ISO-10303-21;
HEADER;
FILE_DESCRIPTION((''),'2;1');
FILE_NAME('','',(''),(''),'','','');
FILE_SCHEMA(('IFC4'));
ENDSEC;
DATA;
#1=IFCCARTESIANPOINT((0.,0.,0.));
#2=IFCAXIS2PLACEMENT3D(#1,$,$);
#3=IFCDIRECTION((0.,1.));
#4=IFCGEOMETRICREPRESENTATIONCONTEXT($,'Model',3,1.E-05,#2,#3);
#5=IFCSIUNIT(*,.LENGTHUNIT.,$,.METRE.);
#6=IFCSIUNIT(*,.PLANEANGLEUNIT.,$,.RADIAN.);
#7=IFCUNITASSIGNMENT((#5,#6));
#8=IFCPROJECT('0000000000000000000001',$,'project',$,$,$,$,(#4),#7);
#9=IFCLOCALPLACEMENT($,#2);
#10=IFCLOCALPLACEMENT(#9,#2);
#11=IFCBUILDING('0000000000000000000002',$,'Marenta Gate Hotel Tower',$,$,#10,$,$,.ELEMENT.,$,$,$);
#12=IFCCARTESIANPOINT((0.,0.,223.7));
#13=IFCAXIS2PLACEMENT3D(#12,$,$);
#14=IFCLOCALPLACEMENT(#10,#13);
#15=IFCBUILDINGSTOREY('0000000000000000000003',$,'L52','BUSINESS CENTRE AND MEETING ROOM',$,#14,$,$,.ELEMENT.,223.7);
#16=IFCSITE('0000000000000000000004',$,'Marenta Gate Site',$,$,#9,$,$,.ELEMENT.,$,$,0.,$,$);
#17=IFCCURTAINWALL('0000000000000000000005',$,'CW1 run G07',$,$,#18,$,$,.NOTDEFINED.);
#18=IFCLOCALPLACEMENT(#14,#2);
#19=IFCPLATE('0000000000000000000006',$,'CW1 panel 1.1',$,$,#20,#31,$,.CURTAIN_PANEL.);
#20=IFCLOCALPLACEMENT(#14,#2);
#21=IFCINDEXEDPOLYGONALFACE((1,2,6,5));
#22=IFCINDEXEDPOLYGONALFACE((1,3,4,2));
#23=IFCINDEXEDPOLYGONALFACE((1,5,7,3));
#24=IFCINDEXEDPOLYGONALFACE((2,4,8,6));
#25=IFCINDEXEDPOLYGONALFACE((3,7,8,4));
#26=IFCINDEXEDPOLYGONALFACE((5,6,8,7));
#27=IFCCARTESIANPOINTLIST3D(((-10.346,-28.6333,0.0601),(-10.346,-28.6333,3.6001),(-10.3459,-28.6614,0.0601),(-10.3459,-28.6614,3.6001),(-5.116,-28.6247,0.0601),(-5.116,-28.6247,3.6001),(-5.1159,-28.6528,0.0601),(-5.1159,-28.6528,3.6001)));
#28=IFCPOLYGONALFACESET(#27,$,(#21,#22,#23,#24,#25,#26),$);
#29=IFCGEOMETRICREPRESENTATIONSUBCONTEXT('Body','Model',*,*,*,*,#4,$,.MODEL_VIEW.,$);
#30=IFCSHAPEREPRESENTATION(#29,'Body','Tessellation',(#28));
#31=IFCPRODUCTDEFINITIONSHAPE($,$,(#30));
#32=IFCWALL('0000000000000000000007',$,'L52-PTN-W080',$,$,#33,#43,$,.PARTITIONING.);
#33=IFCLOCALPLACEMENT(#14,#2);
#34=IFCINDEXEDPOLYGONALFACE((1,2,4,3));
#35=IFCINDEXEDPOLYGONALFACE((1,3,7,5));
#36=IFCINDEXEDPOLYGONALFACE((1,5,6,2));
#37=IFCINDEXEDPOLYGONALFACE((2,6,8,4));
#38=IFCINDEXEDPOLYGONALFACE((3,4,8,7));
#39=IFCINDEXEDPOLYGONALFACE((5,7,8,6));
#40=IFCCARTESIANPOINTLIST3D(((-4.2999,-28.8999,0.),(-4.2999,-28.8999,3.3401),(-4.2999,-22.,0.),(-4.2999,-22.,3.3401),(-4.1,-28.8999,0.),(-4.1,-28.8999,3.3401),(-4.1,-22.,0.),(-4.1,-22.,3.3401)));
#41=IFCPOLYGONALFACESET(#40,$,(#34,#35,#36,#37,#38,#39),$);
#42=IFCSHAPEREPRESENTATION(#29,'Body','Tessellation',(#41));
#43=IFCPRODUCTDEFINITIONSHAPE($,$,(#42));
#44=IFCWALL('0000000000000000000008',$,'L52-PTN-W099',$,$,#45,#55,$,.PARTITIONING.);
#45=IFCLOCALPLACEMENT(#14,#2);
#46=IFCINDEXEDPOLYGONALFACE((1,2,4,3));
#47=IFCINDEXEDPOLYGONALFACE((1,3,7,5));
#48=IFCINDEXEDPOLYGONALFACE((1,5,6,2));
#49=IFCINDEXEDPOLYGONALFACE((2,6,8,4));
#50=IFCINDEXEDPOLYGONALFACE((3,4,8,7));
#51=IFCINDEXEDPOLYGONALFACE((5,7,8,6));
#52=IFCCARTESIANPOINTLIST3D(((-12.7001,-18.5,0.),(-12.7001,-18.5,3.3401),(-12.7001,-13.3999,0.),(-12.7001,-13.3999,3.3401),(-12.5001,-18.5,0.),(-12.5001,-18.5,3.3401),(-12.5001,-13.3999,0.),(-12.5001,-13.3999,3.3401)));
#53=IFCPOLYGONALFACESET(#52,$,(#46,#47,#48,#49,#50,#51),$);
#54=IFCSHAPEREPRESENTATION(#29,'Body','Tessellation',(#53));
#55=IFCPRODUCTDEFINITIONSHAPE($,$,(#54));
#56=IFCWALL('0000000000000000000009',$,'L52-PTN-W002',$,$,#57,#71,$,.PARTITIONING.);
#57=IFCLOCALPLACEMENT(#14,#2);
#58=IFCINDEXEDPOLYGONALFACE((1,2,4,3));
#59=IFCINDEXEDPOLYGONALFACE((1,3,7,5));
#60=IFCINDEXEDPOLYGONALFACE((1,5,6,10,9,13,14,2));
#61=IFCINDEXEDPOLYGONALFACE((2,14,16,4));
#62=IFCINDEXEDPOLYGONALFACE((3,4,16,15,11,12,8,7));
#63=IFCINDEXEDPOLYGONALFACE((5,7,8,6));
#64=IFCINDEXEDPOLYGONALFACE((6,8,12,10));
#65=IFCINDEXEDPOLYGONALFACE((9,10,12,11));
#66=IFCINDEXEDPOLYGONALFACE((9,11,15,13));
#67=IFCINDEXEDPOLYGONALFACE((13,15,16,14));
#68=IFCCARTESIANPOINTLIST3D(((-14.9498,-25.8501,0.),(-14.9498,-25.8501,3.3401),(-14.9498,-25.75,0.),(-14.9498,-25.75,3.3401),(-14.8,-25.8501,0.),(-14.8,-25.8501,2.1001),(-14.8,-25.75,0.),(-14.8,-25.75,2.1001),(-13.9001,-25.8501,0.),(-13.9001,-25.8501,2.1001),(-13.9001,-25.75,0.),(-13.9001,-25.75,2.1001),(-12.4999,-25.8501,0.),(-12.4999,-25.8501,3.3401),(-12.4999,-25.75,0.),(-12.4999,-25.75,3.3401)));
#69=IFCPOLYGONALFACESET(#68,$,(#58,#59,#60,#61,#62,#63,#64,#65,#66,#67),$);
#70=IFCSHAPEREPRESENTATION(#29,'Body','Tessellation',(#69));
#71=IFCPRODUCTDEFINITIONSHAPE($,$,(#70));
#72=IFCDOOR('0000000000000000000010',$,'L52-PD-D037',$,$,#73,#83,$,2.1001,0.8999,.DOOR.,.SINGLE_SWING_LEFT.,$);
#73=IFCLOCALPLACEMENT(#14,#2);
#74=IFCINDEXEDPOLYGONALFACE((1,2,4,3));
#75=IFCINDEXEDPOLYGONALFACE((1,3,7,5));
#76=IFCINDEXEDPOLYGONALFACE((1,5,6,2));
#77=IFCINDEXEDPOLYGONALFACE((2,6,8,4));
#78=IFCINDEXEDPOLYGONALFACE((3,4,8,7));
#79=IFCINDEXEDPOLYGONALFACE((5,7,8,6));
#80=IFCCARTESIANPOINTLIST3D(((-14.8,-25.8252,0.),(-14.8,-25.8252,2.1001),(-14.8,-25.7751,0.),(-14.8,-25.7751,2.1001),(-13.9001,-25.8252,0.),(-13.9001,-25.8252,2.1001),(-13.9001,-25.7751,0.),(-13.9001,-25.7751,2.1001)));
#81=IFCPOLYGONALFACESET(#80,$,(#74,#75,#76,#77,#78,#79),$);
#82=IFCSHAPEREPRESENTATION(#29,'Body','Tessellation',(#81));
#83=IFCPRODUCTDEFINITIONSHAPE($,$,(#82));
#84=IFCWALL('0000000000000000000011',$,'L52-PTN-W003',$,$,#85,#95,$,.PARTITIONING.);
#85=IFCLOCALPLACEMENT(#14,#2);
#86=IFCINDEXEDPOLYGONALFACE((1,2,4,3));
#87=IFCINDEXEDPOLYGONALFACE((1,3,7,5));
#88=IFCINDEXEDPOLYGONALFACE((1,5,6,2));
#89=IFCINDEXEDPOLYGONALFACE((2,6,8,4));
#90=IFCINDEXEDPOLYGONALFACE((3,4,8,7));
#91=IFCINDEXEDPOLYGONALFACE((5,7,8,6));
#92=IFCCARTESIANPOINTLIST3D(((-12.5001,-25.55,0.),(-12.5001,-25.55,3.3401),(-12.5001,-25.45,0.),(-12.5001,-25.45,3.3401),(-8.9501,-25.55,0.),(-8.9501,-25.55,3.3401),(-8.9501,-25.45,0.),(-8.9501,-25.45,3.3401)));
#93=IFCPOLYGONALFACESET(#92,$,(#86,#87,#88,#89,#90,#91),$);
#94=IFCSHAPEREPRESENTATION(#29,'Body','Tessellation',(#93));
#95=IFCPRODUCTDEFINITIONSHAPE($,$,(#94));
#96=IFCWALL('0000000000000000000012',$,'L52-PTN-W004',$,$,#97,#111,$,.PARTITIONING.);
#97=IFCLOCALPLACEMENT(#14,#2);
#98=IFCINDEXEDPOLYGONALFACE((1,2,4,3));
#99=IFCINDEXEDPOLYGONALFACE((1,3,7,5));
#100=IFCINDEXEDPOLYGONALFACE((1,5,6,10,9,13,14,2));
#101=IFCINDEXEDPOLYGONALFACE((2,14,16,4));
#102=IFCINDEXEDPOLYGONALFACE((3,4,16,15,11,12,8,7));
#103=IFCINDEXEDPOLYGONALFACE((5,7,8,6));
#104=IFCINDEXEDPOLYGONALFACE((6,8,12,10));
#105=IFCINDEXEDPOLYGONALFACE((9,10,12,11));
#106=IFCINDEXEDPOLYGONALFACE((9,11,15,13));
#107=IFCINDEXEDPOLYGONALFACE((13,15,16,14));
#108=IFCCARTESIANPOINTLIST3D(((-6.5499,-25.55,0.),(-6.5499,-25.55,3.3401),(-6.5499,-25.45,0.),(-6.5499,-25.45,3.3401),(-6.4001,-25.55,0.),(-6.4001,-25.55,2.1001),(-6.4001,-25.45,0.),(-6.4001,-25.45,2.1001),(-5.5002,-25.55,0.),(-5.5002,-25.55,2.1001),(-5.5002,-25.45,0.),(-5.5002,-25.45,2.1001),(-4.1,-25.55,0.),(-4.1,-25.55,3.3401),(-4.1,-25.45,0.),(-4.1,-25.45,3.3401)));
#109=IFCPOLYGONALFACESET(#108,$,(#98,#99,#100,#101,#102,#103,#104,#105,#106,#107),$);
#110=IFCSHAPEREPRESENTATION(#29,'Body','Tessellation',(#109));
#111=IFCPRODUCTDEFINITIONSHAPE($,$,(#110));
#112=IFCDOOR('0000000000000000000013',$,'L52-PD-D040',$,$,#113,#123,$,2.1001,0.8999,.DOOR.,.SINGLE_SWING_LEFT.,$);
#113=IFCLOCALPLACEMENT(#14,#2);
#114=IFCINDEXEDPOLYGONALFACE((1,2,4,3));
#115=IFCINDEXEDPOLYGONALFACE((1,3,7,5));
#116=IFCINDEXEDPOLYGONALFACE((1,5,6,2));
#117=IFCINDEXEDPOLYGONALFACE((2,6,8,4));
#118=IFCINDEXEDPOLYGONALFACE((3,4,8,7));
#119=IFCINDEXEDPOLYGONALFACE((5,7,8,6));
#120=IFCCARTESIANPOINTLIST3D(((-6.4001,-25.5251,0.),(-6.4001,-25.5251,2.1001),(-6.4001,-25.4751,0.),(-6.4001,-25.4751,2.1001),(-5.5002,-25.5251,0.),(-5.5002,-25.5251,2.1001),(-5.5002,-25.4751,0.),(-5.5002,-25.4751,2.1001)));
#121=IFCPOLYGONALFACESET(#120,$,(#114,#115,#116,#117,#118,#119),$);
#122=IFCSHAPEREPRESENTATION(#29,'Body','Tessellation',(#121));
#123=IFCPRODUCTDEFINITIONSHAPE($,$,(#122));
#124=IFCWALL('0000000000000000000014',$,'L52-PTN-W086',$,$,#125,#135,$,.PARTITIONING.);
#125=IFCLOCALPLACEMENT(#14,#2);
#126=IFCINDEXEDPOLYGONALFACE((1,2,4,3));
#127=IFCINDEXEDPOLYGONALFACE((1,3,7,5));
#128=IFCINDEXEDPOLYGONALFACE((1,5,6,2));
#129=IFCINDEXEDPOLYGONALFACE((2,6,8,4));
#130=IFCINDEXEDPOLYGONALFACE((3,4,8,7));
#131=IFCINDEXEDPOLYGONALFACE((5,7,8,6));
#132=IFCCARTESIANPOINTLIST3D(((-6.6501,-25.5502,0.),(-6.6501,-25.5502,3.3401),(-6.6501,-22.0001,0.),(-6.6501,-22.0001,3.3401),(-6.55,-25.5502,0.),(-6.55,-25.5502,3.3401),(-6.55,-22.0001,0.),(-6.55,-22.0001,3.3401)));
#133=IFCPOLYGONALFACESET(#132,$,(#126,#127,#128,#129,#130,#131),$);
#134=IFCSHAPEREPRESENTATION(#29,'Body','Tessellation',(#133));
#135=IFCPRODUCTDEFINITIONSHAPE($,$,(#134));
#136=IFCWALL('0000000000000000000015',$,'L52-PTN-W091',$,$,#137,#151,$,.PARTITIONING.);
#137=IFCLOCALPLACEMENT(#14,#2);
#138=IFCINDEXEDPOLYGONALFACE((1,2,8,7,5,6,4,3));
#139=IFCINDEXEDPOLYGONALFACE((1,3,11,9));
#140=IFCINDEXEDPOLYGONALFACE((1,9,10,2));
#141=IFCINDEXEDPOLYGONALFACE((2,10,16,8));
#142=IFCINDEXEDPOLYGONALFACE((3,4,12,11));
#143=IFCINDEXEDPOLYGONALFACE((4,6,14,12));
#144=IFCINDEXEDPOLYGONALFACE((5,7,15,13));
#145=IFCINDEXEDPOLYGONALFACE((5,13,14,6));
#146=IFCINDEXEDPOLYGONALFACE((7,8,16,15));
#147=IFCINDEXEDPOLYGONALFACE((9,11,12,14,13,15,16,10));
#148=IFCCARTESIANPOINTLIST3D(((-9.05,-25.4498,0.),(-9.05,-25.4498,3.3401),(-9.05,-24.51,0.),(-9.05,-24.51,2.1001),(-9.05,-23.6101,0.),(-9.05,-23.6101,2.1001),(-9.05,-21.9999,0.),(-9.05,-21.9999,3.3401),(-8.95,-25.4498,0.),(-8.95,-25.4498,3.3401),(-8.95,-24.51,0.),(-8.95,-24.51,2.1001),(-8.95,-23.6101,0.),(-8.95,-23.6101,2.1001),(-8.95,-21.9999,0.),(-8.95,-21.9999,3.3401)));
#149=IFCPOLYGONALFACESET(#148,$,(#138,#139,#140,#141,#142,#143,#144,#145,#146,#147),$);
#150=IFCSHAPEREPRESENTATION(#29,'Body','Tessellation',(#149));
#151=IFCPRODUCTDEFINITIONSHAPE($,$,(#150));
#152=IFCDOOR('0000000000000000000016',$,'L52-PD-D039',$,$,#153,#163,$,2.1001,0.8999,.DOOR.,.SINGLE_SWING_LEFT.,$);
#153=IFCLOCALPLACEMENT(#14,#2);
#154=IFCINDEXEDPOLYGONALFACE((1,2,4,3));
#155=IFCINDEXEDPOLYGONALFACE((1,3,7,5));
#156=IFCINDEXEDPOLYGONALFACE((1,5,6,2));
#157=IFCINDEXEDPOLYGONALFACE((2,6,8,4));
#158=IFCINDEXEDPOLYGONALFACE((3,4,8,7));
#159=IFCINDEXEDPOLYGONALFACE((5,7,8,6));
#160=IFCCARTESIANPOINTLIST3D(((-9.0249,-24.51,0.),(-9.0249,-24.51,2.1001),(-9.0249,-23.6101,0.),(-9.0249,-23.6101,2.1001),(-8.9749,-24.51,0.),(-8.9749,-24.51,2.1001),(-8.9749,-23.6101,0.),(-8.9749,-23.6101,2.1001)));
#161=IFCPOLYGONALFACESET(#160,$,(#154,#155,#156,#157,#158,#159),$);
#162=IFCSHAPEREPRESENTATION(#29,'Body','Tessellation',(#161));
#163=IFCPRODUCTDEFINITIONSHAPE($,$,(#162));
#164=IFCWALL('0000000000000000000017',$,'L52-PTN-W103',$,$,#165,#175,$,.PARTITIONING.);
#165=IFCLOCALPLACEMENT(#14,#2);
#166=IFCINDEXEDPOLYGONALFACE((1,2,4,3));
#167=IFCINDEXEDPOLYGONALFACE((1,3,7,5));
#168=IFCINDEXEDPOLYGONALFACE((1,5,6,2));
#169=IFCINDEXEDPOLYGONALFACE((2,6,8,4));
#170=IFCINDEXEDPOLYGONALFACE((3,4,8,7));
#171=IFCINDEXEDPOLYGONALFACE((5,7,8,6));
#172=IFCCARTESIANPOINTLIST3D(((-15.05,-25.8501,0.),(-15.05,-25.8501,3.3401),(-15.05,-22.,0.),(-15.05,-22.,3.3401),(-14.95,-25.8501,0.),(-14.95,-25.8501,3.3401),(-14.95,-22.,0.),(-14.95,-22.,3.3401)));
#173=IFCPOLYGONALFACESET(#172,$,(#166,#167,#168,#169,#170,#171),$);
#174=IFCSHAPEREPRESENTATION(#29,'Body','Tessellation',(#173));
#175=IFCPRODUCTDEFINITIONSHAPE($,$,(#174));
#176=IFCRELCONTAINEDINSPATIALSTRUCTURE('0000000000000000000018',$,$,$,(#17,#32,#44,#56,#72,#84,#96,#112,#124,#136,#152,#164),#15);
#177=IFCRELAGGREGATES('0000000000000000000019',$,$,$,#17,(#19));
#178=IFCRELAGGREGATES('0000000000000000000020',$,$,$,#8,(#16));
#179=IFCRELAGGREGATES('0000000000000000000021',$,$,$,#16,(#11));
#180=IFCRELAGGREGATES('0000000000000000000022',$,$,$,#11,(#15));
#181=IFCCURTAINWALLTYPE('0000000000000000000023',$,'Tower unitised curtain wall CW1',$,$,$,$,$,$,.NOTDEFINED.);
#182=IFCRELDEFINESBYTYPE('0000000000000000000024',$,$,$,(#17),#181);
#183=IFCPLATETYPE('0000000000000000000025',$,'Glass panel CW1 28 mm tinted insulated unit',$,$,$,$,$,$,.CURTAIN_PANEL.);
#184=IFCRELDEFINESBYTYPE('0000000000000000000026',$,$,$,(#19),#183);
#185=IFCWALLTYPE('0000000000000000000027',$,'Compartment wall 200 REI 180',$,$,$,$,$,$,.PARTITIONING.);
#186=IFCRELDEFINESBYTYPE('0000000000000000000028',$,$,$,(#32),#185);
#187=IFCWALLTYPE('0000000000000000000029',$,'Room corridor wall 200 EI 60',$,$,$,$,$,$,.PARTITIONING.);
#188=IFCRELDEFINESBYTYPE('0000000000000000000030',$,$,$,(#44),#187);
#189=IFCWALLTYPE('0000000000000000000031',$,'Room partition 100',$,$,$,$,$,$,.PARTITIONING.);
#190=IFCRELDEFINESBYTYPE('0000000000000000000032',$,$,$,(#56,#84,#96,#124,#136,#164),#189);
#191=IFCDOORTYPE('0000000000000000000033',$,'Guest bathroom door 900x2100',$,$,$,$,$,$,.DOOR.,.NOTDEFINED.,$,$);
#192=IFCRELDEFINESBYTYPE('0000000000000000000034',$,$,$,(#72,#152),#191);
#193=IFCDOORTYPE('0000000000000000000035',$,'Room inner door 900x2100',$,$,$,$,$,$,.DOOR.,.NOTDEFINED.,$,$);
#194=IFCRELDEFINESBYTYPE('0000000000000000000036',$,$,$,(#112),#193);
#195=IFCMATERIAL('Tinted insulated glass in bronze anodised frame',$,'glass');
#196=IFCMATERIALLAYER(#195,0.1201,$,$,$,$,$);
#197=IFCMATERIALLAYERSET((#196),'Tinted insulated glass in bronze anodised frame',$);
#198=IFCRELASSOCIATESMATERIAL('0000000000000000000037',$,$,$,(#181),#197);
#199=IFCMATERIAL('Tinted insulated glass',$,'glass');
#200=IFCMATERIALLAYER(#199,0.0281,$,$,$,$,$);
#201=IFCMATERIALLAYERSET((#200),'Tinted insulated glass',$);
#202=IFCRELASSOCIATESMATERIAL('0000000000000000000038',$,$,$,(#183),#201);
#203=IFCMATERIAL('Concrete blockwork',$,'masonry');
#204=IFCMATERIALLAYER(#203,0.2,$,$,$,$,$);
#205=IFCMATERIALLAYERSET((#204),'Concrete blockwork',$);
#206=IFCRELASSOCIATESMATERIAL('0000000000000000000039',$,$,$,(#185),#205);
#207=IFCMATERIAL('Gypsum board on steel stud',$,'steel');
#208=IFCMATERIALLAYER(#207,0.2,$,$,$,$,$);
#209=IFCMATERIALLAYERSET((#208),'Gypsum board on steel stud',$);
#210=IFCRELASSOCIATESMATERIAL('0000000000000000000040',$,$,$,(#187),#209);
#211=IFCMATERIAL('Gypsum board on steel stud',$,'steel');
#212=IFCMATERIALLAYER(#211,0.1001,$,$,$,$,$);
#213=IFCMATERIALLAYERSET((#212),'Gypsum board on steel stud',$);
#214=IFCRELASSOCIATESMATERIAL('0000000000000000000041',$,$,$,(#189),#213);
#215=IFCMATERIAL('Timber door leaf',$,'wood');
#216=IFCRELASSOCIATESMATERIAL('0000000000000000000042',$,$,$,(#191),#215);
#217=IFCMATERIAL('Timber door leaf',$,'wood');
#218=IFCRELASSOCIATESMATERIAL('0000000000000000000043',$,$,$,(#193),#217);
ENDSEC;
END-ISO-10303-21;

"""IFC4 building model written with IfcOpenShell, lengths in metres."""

from ifc_helpers import new_model, si_unit, direction, frame, frame_2d, origin, origin_2d, place, context, subcontext, project, spatial, rectangle, extrude, material, layer, layer_set, type_object, element, fill, aggregate, save


model = new_model("IFC4")

# Units and contexts
model_context = context("Model", 3, precision=1e-05, world=origin(), true_north=direction((0.0, 1.0)))
body_context = subcontext(model_context, "Body", "Model", "MODEL_VIEW")
ifc_project = project(units=[si_unit("LENGTHUNIT", "METRE"), si_unit("PLANEANGLEUNIT", "RADIAN")], contexts=[model_context])

# Site, building, storey
site_placement = place(None, origin())
site = spatial("IfcSite", under=ifc_project, at=site_placement, Name="Marenta Gate Site", CompositionType="ELEMENT", RefElevation=0.0)
building_placement = place(site_placement, origin())
building = spatial("IfcBuilding", under=site, at=building_placement, Name="Marenta Gate Hotel Tower", CompositionType="ELEMENT")
storey_placement = place(building_placement, frame((0.0, 0.0, 223.7)))
storey = spatial("IfcBuildingStorey", under=building, at=storey_placement, Name="L52", Description="BUSINESS CENTRE AND MEETING ROOM", CompositionType="ELEMENT", Elevation=223.7)

# Shared definitions
ifc_material_1 = material(Name="Tinted insulated glass in bronze anodised frame", Category="glass")
ifc_layer_1 = layer(ifc_material_1, 0.1201)
ifc_layer_set_1 = layer_set([ifc_layer_1], Name="Tinted insulated glass in bronze anodised frame")
curtain_wall_type = type_object("IfcCurtainWallType", Name="Tower unitised curtain wall CW1", PredefinedType="NOTDEFINED", material=ifc_layer_set_1)

# Curtain wall
curtain_wall_1_placement = place(storey_placement, origin())
curtain_wall_1 = element("IfcCurtainWall", 1, at=curtain_wall_1_placement, inside=storey, type_object=curtain_wall_type, Name="CW1 run G07", PredefinedType="NOTDEFINED")

# Plate
ifc_material_2 = material(Name="Tinted insulated glass", Category="glass")
ifc_layer_2 = layer(ifc_material_2, 0.0281)
ifc_layer_set_2 = layer_set([ifc_layer_2], Name="Tinted insulated glass")
plate_type = type_object("IfcPlateType", Name="Glass panel CW1 28 mm tinted insulated unit", PredefinedType="CURTAIN_PANEL", material=ifc_layer_set_2)
plate_1_placement = place(storey_placement, frame((-7.731, -28.6431, 0.0601), z_axis=(0.0, 0.0, 1.0), x_axis=(0.999999, 0.001645, 0.0)))
plate_1 = element("IfcPlate", 2, at=plate_1_placement, type_object=plate_type, Name="CW1 panel 1.1", PredefinedType="CURTAIN_PANEL", context=body_context, shape_type="SweptSolid", body=[
    extrude(rectangle(XDim=5.23, YDim=0.0281, at=origin_2d()), origin(), (0.0, 0.0, 1.0), 3.54),
])
aggregate(curtain_wall_1, [plate_1])

# Wall
ifc_material_3 = material(Name="Concrete blockwork", Category="masonry")
ifc_layer_3 = layer(ifc_material_3, 0.2)
ifc_layer_set_3 = layer_set([ifc_layer_3], Name="Concrete blockwork")
wall_type_1 = type_object("IfcWallType", Name="Compartment wall 200 REI 180", PredefinedType="PARTITIONING", material=ifc_layer_set_3)
wall_1_placement = place(storey_placement, frame((-4.2, -28.8999, 0.0), z_axis=(0.0, 0.0, 1.0), x_axis=(0.0, 1.0, 0.0)))
element("IfcWall", 3, at=wall_1_placement, inside=storey, type_object=wall_type_1, Name="L52-PTN-W080", PredefinedType="PARTITIONING", context=body_context, shape_type="SweptSolid", body=[
    extrude(rectangle(XDim=6.8999, YDim=0.2, at=frame_2d((3.45, 0.0))), origin(), (0.0, 0.0, 1.0), 3.3401),
])

# Wall
ifc_material_4 = material(Name="Gypsum board on steel stud", Category="steel")
ifc_layer_4 = layer(ifc_material_4, 0.2)
ifc_layer_set_4 = layer_set([ifc_layer_4], Name="Gypsum board on steel stud")
wall_type_2 = type_object("IfcWallType", Name="Room corridor wall 200 EI 60", PredefinedType="PARTITIONING", material=ifc_layer_set_4)
wall_2_placement = place(storey_placement, frame((-12.6001, -18.5, 0.0), z_axis=(0.0, 0.0, 1.0), x_axis=(0.0, 1.0, 0.0)))
element("IfcWall", 4, at=wall_2_placement, inside=storey, type_object=wall_type_2, Name="L52-PTN-W099", PredefinedType="PARTITIONING", context=body_context, shape_type="SweptSolid", body=[
    extrude(rectangle(XDim=5.1001, YDim=0.2, at=frame_2d((2.55, 0.0))), origin(), (0.0, 0.0, 1.0), 3.3401),
])

# Wall, opening, door
ifc_material_5 = material(Name="Gypsum board on steel stud", Category="steel")
ifc_layer_5 = layer(ifc_material_5, 0.1001)
ifc_layer_set_5 = layer_set([ifc_layer_5], Name="Gypsum board on steel stud")
wall_type_3 = type_object("IfcWallType", Name="Room partition 100", PredefinedType="PARTITIONING", material=ifc_layer_set_5)
wall_3_placement = place(storey_placement, frame((-14.95, -25.8, 0.0), z_axis=(0.0, 0.0, 1.0), x_axis=(1.0, 0.0, 0.0)))
wall_3 = element("IfcWall", 5, at=wall_3_placement, inside=storey, type_object=wall_type_3, Name="L52-PTN-W002", PredefinedType="PARTITIONING", context=body_context, shape_type="SweptSolid", body=[
    extrude(rectangle(XDim=2.45, YDim=0.1001, at=frame_2d((1.2251, 0.0))), origin(), (0.0, 0.0, 1.0), 3.3401),
])
opening_1_placement = place(wall_3_placement, frame((0.1499, 0.0, 0.0)))
opening_1 = element("IfcOpeningElement", 6, at=opening_1_placement, cuts=wall_3, PredefinedType="OPENING", context=body_context, shape_type="SweptSolid", body=[
    extrude(rectangle(XDim=0.8999, YDim=2.1001, at=frame_2d((0.45, 1.05))), frame((0.0, 0.05, 0.0), z_axis=(0.0, -1.0, 0.0), x_axis=(1.0, 0.0, 0.0)), (0.0, 0.0, 1.0), 0.1001),
])
ifc_material_6 = material(Name="Timber door leaf", Category="wood")
door_type_1 = type_object("IfcDoorType", Name="Guest bathroom door 900x2100", OperationType="NOTDEFINED", PredefinedType="DOOR", material=ifc_material_6)
door_1_placement = place(opening_1_placement, origin())
door_1 = element("IfcDoor", 7, at=door_1_placement, inside=storey, type_object=door_type_1, Name="L52-PD-D037", OperationType="SINGLE_SWING_LEFT", OverallHeight=2.1001, OverallWidth=0.8999, PredefinedType="DOOR", context=body_context, shape_type="SweptSolid", body=[
    extrude(rectangle(XDim=0.8999, YDim=2.1001, at=frame_2d((0.45, 1.05))), frame((0.0, 0.0249, 0.0), z_axis=(0.0, -1.0, 0.0), x_axis=(1.0, 0.0, 0.0)), (0.0, 0.0, 1.0), 0.05),
])
fill(opening_1, door_1)

# Wall
wall_4_placement = place(storey_placement, frame((-12.5, -25.5, 0.0), z_axis=(0.0, 0.0, 1.0), x_axis=(1.0, 0.0, 0.0)))
element("IfcWall", 8, at=wall_4_placement, inside=storey, type_object=wall_type_3, Name="L52-PTN-W003", PredefinedType="PARTITIONING", context=body_context, shape_type="SweptSolid", body=[
    extrude(rectangle(XDim=3.55, YDim=0.1001, at=frame_2d((1.7749, 0.0))), origin(), (0.0, 0.0, 1.0), 3.3401),
])

# Wall, opening, door
wall_5_placement = place(storey_placement, frame((-6.55, -25.5, 0.0), z_axis=(0.0, 0.0, 1.0), x_axis=(1.0, 0.0, 0.0)))
wall_5 = element("IfcWall", 9, at=wall_5_placement, inside=storey, type_object=wall_type_3, Name="L52-PTN-W004", PredefinedType="PARTITIONING", context=body_context, shape_type="SweptSolid", body=[
    extrude(rectangle(XDim=2.45, YDim=0.1001, at=frame_2d((1.2251, 0.0))), origin(), (0.0, 0.0, 1.0), 3.3401),
])
opening_2_placement = place(wall_5_placement, frame((0.1499, 0.0, 0.0)))
opening_2 = element("IfcOpeningElement", 10, at=opening_2_placement, cuts=wall_5, PredefinedType="OPENING", context=body_context, shape_type="SweptSolid", body=[
    extrude(rectangle(XDim=0.8999, YDim=2.1001, at=frame_2d((0.45, 1.05))), frame((0.0, 0.05, 0.0), z_axis=(0.0, -1.0, 0.0), x_axis=(1.0, 0.0, 0.0)), (0.0, 0.0, 1.0), 0.1001),
])
ifc_material_7 = material(Name="Timber door leaf", Category="wood")
door_type_2 = type_object("IfcDoorType", Name="Room inner door 900x2100", OperationType="NOTDEFINED", PredefinedType="DOOR", material=ifc_material_7)
door_2_placement = place(opening_2_placement, origin())
door_2 = element("IfcDoor", 11, at=door_2_placement, inside=storey, type_object=door_type_2, Name="L52-PD-D040", OperationType="SINGLE_SWING_LEFT", OverallHeight=2.1001, OverallWidth=0.8999, PredefinedType="DOOR", context=body_context, shape_type="SweptSolid", body=[
    extrude(rectangle(XDim=0.8999, YDim=2.1001, at=frame_2d((0.45, 1.05))), frame((0.0, 0.0249, 0.0), z_axis=(0.0, -1.0, 0.0), x_axis=(1.0, 0.0, 0.0)), (0.0, 0.0, 1.0), 0.05),
])
fill(opening_2, door_2)

# Wall
wall_6_placement = place(storey_placement, frame((-6.6001, -25.55, 0.0), z_axis=(0.0, 0.0, 1.0), x_axis=(0.0, 1.0, 0.0)))
element("IfcWall", 12, at=wall_6_placement, inside=storey, type_object=wall_type_3, Name="L52-PTN-W086", PredefinedType="PARTITIONING", context=body_context, shape_type="SweptSolid", body=[
    extrude(rectangle(XDim=3.55, YDim=0.1001, at=frame_2d((1.7749, 0.0))), origin(), (0.0, 0.0, 1.0), 3.3401),
])

# Wall, opening, door
wall_7_placement = place(storey_placement, frame((-9.0, -25.45, 0.0), z_axis=(0.0, 0.0, 1.0), x_axis=(0.0, 1.0, 0.0)))
wall_7 = element("IfcWall", 13, at=wall_7_placement, inside=storey, type_object=wall_type_3, Name="L52-PTN-W091", PredefinedType="PARTITIONING", context=body_context, shape_type="SweptSolid", body=[
    extrude(rectangle(XDim=3.45, YDim=0.1001, at=frame_2d((1.7251, 0.0))), origin(), (0.0, 0.0, 1.0), 3.3401),
])
opening_3_placement = place(wall_7_placement, frame((0.9399, 0.0, 0.0)))
opening_3 = element("IfcOpeningElement", 14, at=opening_3_placement, cuts=wall_7, PredefinedType="OPENING", context=body_context, shape_type="SweptSolid", body=[
    extrude(rectangle(XDim=0.8999, YDim=2.1001, at=frame_2d((0.45, 1.05))), frame((0.0, 0.05, 0.0), z_axis=(0.0, -1.0, 0.0), x_axis=(1.0, 0.0, 0.0)), (0.0, 0.0, 1.0), 0.1001),
])
door_3_placement = place(opening_3_placement, origin())
door_3 = element("IfcDoor", 15, at=door_3_placement, inside=storey, type_object=door_type_1, Name="L52-PD-D039", OperationType="SINGLE_SWING_LEFT", OverallHeight=2.1001, OverallWidth=0.8999, PredefinedType="DOOR", context=body_context, shape_type="SweptSolid", body=[
    extrude(rectangle(XDim=0.8999, YDim=2.1001, at=frame_2d((0.45, 1.05))), frame((0.0, 0.0249, 0.0), z_axis=(0.0, -1.0, 0.0), x_axis=(1.0, 0.0, 0.0)), (0.0, 0.0, 1.0), 0.05),
])
fill(opening_3, door_3)

# Wall
wall_8_placement = place(storey_placement, frame((-15.0, -25.8501, 0.0), z_axis=(0.0, 0.0, 1.0), x_axis=(0.0, 1.0, 0.0)))
element("IfcWall", 16, at=wall_8_placement, inside=storey, type_object=wall_type_3, Name="L52-PTN-W103", PredefinedType="PARTITIONING", context=body_context, shape_type="SweptSolid", body=[
    extrude(rectangle(XDim=3.8501, YDim=0.1001, at=frame_2d((1.925, 0.0))), origin(), (0.0, 0.0, 1.0), 3.3401),
])

save(model, "model.ifc")
